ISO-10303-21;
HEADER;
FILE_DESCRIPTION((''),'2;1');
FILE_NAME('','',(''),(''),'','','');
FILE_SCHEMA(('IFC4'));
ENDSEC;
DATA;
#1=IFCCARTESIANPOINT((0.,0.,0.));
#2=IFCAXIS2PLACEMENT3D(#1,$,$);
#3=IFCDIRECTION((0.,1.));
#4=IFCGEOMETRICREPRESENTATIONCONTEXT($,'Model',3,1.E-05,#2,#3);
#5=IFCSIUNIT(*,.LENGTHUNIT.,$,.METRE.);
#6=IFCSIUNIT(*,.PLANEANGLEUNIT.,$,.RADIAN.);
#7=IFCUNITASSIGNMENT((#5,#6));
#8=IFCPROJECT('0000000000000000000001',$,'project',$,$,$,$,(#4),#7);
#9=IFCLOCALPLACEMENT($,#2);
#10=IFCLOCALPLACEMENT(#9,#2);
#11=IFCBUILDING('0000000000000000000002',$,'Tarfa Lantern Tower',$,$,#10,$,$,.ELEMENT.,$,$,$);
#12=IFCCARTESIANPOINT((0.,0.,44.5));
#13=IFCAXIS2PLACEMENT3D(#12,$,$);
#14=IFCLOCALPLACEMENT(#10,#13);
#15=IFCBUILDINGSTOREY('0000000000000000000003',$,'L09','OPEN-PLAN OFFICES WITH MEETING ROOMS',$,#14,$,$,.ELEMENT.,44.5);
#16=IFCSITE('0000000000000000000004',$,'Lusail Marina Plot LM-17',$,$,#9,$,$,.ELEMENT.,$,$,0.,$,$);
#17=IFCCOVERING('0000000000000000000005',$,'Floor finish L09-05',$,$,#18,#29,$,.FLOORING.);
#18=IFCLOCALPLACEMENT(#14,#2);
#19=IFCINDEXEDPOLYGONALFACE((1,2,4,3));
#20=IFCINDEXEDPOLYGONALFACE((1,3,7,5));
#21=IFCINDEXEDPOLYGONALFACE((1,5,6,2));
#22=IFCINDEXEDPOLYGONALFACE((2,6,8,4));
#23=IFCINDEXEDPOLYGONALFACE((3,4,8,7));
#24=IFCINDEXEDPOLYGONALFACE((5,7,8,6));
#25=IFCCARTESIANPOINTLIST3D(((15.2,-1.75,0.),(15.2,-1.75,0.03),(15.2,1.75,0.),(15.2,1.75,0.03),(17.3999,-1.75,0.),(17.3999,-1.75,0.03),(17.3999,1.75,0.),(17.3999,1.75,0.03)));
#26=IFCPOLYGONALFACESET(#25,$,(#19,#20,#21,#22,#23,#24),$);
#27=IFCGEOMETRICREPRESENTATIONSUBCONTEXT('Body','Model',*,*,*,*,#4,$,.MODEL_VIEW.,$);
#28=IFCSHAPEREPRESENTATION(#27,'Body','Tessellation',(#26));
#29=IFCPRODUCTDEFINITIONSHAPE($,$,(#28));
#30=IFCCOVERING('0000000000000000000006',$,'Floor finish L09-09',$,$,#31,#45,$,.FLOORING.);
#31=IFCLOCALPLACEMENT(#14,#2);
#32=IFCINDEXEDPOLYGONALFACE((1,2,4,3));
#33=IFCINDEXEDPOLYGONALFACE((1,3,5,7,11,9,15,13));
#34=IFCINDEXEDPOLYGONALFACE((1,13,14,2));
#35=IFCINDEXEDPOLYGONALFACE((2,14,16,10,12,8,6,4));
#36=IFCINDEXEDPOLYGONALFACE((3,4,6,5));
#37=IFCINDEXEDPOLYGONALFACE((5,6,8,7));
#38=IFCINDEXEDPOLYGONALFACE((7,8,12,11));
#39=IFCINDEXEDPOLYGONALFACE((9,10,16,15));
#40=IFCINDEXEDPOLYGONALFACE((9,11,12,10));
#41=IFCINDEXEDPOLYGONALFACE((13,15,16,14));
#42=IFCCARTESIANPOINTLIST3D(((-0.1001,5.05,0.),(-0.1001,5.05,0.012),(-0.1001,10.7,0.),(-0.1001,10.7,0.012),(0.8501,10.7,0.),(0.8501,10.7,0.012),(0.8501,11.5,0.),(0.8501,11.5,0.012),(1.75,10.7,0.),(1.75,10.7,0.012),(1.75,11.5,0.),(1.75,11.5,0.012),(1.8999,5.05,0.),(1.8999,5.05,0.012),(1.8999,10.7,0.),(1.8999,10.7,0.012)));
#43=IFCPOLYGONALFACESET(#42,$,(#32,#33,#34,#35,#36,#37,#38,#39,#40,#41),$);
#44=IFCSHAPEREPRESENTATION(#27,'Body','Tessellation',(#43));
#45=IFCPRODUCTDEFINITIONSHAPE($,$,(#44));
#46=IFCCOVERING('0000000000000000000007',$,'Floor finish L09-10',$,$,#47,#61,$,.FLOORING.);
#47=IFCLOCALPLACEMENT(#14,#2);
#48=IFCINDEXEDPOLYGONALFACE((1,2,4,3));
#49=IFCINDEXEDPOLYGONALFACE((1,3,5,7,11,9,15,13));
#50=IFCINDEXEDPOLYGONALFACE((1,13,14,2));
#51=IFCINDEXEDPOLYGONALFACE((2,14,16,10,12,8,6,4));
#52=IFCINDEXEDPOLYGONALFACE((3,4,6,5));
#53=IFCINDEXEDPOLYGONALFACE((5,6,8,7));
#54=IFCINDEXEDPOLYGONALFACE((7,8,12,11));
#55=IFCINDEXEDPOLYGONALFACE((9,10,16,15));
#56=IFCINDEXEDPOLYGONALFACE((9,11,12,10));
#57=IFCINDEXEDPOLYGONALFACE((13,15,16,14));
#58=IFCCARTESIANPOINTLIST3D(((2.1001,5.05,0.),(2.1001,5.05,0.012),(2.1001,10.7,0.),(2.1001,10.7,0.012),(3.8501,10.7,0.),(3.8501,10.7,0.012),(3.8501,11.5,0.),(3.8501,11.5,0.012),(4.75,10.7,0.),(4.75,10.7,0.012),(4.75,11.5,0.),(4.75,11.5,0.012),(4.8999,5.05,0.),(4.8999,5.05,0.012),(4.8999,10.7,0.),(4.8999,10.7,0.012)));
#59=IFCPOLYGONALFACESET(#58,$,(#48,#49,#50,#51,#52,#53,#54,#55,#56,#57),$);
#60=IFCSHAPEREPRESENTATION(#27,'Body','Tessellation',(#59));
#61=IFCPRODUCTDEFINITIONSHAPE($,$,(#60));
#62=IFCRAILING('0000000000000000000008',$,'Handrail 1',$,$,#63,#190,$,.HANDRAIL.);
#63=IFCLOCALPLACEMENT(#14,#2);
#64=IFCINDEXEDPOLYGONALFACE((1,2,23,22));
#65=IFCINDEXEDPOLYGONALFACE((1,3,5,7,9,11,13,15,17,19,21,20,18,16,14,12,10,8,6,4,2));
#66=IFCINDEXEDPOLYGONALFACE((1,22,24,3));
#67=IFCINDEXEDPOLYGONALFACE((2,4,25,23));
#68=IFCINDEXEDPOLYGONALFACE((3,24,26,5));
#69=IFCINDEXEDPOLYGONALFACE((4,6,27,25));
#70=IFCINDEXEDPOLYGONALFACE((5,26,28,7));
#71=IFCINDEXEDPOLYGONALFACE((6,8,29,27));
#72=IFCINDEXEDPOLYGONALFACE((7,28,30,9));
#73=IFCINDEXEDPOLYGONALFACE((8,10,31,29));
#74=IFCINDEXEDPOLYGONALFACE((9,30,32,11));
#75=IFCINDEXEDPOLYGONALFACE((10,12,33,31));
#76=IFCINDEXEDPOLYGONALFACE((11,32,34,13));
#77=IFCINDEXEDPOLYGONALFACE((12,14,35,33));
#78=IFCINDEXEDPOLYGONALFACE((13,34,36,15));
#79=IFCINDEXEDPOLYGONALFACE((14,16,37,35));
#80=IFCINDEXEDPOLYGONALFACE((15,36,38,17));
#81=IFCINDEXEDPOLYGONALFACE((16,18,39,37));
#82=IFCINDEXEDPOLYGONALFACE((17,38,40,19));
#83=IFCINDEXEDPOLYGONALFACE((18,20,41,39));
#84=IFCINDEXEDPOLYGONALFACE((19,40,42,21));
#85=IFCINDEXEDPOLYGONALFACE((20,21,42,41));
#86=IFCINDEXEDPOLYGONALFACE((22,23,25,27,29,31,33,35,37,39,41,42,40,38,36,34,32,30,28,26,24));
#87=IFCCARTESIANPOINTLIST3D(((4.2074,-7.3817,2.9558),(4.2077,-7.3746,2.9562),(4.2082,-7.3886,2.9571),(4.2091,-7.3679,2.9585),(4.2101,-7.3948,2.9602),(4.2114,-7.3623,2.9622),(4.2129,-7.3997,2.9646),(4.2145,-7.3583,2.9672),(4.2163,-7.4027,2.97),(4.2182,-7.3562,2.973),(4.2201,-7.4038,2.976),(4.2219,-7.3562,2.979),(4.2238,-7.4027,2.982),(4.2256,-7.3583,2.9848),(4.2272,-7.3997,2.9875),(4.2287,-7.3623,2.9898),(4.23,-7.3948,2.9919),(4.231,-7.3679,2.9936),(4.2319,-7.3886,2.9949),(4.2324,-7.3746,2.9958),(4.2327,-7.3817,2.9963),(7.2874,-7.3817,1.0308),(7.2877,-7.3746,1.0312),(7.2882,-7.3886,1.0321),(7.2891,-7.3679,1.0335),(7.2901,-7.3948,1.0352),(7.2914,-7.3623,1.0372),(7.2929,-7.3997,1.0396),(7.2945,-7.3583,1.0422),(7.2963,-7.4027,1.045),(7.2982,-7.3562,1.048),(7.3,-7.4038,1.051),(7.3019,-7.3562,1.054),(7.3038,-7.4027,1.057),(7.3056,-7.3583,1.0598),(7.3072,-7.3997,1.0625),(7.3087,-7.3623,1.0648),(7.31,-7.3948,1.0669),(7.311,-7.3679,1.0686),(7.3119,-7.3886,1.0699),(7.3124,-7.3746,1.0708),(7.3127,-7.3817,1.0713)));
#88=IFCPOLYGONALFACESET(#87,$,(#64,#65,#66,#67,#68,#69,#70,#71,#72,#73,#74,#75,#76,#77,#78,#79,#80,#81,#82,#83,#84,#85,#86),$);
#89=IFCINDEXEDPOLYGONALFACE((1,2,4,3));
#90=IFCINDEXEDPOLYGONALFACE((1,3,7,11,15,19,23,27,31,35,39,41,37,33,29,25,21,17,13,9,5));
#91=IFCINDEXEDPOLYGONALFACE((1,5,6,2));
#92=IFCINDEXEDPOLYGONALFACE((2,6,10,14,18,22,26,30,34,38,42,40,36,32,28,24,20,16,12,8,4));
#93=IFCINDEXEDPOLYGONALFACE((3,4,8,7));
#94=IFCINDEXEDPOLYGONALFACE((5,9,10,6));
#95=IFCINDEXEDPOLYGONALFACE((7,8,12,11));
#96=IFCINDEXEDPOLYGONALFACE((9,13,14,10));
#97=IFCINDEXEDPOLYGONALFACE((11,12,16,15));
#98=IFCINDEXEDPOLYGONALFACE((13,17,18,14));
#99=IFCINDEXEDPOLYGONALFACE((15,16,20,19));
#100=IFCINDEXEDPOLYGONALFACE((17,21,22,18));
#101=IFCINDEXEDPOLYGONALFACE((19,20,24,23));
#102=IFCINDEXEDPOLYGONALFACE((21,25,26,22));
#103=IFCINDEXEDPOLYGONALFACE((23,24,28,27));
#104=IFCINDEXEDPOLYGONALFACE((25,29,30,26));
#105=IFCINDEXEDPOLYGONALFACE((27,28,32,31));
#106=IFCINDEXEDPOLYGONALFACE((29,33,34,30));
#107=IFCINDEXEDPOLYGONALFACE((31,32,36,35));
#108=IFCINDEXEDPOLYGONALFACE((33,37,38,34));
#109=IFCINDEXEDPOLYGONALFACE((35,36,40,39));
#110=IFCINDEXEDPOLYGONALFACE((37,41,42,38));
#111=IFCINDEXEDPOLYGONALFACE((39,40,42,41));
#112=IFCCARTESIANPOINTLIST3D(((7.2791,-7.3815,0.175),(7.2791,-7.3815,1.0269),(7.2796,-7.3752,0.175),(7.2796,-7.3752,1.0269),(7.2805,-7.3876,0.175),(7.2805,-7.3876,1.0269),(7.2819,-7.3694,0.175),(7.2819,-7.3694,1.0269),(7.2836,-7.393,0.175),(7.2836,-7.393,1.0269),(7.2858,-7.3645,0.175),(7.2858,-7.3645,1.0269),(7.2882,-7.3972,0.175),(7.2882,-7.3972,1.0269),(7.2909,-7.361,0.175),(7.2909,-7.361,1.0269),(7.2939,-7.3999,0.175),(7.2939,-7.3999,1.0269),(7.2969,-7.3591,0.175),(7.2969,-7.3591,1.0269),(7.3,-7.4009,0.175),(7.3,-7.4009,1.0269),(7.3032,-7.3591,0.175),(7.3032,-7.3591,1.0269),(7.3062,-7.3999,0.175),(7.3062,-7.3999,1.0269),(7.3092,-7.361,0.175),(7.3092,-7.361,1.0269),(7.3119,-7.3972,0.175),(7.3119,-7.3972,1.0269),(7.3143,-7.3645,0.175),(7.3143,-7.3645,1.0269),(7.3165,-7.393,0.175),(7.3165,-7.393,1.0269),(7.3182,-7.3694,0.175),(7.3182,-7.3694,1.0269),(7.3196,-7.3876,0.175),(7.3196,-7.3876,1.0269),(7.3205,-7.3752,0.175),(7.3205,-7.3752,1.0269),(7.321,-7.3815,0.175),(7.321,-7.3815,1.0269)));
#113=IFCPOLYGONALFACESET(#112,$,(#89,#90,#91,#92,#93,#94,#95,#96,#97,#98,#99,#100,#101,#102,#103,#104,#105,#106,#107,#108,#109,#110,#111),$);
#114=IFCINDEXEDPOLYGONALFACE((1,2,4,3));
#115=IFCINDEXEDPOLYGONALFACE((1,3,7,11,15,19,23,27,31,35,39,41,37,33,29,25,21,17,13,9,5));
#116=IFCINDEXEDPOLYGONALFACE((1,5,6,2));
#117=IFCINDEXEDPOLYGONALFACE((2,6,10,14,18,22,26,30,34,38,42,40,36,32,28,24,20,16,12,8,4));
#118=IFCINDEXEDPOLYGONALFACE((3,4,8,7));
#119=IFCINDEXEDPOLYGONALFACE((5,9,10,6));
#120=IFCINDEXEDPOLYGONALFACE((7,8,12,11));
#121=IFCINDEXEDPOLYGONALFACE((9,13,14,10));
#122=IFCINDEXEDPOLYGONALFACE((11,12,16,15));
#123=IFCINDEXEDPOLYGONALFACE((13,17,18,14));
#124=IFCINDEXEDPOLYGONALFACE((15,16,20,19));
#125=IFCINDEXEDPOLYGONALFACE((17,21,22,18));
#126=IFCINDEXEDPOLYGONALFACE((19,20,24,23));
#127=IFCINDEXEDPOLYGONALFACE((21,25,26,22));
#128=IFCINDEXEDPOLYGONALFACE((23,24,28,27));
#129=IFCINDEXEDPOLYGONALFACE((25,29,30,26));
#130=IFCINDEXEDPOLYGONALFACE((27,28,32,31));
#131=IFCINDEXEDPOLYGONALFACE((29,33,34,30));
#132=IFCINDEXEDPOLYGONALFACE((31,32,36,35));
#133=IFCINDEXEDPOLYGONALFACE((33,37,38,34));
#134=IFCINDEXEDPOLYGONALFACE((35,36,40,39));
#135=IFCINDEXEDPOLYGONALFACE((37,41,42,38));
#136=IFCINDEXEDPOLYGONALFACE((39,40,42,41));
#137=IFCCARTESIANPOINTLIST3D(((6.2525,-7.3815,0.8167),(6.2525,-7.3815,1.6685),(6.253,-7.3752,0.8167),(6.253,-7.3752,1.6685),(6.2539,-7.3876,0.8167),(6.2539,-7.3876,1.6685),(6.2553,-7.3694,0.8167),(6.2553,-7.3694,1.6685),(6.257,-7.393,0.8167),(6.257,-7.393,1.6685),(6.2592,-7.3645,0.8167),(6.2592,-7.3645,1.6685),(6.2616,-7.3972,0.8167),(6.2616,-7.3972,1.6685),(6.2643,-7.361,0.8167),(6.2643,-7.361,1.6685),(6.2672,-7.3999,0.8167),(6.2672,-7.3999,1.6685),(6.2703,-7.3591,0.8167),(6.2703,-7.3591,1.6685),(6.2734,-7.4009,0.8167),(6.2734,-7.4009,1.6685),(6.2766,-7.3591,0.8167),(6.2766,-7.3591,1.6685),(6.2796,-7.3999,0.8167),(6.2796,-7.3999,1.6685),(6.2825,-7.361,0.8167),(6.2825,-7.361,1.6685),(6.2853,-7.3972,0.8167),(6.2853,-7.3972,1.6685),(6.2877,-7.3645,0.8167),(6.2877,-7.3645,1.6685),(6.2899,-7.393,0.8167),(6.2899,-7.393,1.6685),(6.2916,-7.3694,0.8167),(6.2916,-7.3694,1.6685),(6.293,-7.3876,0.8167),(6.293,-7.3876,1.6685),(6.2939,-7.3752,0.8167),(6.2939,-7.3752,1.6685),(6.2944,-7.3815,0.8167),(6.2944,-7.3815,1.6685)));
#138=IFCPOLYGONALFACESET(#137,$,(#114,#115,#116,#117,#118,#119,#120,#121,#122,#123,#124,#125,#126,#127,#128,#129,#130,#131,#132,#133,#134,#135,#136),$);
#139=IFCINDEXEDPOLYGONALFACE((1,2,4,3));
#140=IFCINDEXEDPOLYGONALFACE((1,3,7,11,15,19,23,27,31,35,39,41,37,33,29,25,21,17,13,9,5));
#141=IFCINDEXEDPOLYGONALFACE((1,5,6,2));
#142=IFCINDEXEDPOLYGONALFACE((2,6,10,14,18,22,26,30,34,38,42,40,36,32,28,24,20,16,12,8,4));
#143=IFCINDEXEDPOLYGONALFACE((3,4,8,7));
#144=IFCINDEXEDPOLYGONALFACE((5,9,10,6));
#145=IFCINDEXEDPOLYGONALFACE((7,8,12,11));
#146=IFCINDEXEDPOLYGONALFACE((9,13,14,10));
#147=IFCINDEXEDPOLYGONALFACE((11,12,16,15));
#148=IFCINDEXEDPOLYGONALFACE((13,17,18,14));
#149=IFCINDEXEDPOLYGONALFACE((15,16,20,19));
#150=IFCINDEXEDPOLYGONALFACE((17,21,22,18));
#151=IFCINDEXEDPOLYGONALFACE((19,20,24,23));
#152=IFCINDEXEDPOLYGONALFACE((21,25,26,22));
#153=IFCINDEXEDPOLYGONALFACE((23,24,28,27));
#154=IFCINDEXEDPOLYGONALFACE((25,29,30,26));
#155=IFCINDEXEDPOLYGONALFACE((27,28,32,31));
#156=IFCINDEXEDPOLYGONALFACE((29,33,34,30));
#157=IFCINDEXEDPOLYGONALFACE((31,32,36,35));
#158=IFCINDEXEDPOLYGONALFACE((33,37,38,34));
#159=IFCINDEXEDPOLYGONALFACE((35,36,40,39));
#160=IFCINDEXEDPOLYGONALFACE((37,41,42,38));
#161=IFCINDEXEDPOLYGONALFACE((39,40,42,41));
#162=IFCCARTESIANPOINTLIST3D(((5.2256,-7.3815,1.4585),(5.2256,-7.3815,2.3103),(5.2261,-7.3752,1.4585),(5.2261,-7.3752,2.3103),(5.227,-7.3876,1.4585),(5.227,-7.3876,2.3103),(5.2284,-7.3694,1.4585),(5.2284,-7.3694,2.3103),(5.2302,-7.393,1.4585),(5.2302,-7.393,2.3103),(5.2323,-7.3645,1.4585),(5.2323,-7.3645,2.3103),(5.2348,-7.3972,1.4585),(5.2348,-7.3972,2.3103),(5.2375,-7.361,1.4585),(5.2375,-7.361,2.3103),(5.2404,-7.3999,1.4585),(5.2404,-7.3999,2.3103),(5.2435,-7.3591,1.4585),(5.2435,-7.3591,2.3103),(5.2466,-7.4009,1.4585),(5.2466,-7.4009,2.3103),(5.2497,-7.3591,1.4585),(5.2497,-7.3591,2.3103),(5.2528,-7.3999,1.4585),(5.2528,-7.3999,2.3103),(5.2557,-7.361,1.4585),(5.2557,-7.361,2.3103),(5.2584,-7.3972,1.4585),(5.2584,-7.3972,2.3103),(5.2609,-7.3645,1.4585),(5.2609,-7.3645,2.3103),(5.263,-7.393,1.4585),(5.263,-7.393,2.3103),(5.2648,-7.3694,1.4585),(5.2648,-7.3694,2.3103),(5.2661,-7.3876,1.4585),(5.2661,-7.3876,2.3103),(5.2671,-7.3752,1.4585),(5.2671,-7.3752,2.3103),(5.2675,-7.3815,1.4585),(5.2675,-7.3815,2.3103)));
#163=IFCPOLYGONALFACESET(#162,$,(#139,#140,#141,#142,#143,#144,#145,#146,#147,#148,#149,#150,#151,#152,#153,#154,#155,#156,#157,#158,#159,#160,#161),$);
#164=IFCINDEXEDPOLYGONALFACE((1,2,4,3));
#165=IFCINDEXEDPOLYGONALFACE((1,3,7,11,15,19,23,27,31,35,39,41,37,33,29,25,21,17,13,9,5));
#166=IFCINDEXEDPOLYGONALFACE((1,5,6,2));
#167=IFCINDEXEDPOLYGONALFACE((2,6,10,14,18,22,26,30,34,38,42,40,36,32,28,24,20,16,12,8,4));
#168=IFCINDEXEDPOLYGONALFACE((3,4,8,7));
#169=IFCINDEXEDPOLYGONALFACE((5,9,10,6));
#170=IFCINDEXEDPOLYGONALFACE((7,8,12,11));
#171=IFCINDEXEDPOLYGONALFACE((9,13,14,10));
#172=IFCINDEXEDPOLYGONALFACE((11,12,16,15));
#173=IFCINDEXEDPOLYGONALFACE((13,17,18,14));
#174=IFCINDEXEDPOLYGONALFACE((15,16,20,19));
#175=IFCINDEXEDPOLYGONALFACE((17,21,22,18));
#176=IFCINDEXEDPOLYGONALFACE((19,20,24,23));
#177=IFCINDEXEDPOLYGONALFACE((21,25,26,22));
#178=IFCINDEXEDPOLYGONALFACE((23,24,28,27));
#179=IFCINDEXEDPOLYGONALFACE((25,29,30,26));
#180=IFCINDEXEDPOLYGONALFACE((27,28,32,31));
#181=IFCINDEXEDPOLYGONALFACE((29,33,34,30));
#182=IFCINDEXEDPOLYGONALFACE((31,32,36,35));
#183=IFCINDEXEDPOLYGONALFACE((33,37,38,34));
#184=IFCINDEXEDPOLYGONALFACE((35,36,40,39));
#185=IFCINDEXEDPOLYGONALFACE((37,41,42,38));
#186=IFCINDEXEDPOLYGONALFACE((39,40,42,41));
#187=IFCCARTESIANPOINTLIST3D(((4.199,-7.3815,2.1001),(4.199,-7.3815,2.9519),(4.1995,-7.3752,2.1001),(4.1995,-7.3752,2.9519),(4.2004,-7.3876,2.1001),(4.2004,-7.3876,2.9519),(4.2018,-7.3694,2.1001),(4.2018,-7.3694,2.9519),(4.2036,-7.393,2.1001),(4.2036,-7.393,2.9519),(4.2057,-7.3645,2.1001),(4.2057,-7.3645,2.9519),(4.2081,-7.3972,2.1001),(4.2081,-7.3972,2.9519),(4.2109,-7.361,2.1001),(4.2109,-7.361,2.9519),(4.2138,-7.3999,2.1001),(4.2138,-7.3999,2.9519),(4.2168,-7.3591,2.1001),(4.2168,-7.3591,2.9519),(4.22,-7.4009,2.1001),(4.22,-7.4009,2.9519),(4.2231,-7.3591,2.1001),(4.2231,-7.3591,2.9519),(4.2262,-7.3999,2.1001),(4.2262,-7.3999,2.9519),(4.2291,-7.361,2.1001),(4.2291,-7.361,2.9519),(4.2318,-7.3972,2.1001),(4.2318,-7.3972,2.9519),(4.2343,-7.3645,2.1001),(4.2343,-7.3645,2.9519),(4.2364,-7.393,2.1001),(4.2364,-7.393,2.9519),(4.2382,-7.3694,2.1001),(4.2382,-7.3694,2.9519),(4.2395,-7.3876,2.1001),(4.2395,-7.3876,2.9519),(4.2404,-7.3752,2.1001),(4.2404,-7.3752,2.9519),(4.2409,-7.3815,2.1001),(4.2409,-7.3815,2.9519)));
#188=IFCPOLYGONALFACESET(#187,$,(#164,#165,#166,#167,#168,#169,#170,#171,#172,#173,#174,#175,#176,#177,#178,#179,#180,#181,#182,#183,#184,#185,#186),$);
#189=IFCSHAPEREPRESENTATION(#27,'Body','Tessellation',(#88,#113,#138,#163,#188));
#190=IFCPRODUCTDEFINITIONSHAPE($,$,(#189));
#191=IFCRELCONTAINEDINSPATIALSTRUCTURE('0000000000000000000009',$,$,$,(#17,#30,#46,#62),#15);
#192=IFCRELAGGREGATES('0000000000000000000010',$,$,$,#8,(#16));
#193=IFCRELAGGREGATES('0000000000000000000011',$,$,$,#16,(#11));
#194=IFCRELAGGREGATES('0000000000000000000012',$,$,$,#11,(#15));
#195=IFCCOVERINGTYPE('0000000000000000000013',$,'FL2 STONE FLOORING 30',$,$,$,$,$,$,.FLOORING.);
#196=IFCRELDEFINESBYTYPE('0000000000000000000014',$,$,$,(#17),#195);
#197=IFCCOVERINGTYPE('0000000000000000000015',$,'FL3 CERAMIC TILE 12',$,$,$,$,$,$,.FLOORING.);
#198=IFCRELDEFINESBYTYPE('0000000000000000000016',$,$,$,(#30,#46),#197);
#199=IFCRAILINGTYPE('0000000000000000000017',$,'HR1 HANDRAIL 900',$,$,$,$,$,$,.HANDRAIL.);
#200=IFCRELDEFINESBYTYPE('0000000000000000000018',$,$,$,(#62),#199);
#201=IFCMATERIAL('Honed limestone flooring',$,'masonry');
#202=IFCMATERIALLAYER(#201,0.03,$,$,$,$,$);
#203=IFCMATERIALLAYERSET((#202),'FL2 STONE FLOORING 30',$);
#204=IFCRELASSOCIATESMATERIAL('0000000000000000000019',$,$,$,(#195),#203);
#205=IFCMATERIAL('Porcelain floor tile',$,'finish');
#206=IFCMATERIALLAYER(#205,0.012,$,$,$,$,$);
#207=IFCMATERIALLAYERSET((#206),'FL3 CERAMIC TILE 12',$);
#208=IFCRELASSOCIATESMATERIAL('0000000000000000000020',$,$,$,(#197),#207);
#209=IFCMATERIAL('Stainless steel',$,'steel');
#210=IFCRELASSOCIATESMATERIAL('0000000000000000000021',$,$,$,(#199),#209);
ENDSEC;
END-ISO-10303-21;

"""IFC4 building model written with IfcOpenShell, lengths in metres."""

from ifc_helpers import new_model, si_unit, direction, frame, origin, origin_2d, place, context, subcontext, project, spatial, polyline, circle, outline, extrude, material, layer, layer_set, type_object, element, save


model = new_model("IFC4")

# Units and contexts
model_context = context("Model", 3, precision=1e-05, world=origin(), true_north=direction((0.0, 1.0)))
body_context = subcontext(model_context, "Body", "Model", "MODEL_VIEW")
ifc_project = project(units=[si_unit("LENGTHUNIT", "METRE"), si_unit("PLANEANGLEUNIT", "RADIAN")], contexts=[model_context])

# Site, building, storey
site_placement = place(None, origin())
site = spatial("IfcSite", under=ifc_project, at=site_placement, Name="Lusail Marina Plot LM-17", CompositionType="ELEMENT", RefElevation=0.0)
building_placement = place(site_placement, origin())
building = spatial("IfcBuilding", under=site, at=building_placement, Name="Tarfa Lantern Tower", CompositionType="ELEMENT")
storey_placement = place(building_placement, frame((0.0, 0.0, 44.5)))
storey = spatial("IfcBuildingStorey", under=building, at=storey_placement, Name="L09", Description="OPEN-PLAN OFFICES WITH MEETING ROOMS", CompositionType="ELEMENT", Elevation=44.5)

# Coverings
ifc_material_1 = material(Name="Honed limestone flooring", Category="masonry")
ifc_layer_1 = layer(ifc_material_1, 0.03)
ifc_layer_set_1 = layer_set([ifc_layer_1], Name="FL2 STONE FLOORING 30")
covering_type_1 = type_object("IfcCoveringType", Name="FL2 STONE FLOORING 30", PredefinedType="FLOORING", material=ifc_layer_set_1)
covering_1_placement = place(storey_placement, origin())
element("IfcCovering", 1, at=covering_1_placement, inside=storey, type_object=covering_type_1, Name="Floor finish L09-05", PredefinedType="FLOORING", context=body_context, shape_type="SweptSolid", body=[
    extrude(outline(polyline([(15.2, -1.75), (17.3999, -1.75), (17.3999, 1.75), (15.2, 1.75), (15.2, -1.75)])), origin(), (0.0, 0.0, 1.0), 0.03),
])
ifc_material_2 = material(Name="Porcelain floor tile", Category="finish")
ifc_layer_2 = layer(ifc_material_2, 0.012)
ifc_layer_set_2 = layer_set([ifc_layer_2], Name="FL3 CERAMIC TILE 12")
covering_type_2 = type_object("IfcCoveringType", Name="FL3 CERAMIC TILE 12", PredefinedType="FLOORING", material=ifc_layer_set_2)
covering_2_placement = place(storey_placement, origin())
element("IfcCovering", 2, at=covering_2_placement, inside=storey, type_object=covering_type_2, Name="Floor finish L09-09", PredefinedType="FLOORING", context=body_context, shape_type="SweptSolid", body=[
    extrude(outline(polyline([(0.8501, 10.7), (-0.1001, 10.7), (-0.1001, 5.05), (1.8999, 5.05), (1.8999, 10.7), (1.75, 10.7), (1.75, 11.5), (1.75, 11.5), (0.8501, 11.5), (0.8501, 10.7)])), origin(), (0.0, 0.0, 1.0), 0.012),
])
covering_3_placement = place(storey_placement, origin())
element("IfcCovering", 3, at=covering_3_placement, inside=storey, type_object=covering_type_2, Name="Floor finish L09-10", PredefinedType="FLOORING", context=body_context, shape_type="SweptSolid", body=[
    extrude(outline(polyline([(2.1001, 5.05), (4.8999, 5.05), (4.8999, 10.7), (4.75, 10.7), (4.75, 11.5), (3.8501, 11.5), (3.8501, 10.7), (2.1001, 10.7), (2.1001, 5.05)])), origin(), (0.0, 0.0, 1.0), 0.012),
])

# Railing
ifc_material_3 = material(Name="Stainless steel", Category="steel")
railing_type = type_object("IfcRailingType", Name="HR1 HANDRAIL 900", PredefinedType="HANDRAIL", material=ifc_material_3)
railing_1_placement = place(storey_placement, frame((7.3, -7.3799, 0.175)))
element("IfcRailing", 4, at=railing_1_placement, inside=storey, type_object=railing_type, Name="Handrail 1", PredefinedType="HANDRAIL", context=body_context, shape_type="SweptSolid", body=[
    extrude(circle(Radius=0.0239, at=origin_2d()), frame((0.0, 0.0, 0.876), z_axis=(-0.847998, 0.0, 0.529999), x_axis=(0.0, -1.0, 0.0)), (0.0, 0.0, 1.0), 3.6321),
    extrude(circle(Radius=0.021, at=origin_2d()), frame((0.0, 0.0, 0.0), z_axis=(0.0, 0.0, 1.0), x_axis=(0.0, -1.0, 0.0)), (0.0, 0.0, 1.0), 0.8518),
    extrude(circle(Radius=0.021, at=origin_2d()), frame((-1.0266, 0.0, 0.6416), z_axis=(0.0, 0.0, 1.0), x_axis=(0.0, -1.0, 0.0)), (0.0, 0.0, 1.0), 0.8518),
    extrude(circle(Radius=0.021, at=origin_2d()), frame((-2.0535, 0.0, 1.2834), z_axis=(0.0, 0.0, 1.0), x_axis=(0.0, -1.0, 0.0)), (0.0, 0.0, 1.0), 0.8518),
    extrude(circle(Radius=0.021, at=origin_2d()), frame((-3.0801, 0.0, 1.925), z_axis=(0.0, 0.0, 1.0), x_axis=(0.0, -1.0, 0.0)), (0.0, 0.0, 1.0), 0.8518),
])

save(model, "model.ifc")
